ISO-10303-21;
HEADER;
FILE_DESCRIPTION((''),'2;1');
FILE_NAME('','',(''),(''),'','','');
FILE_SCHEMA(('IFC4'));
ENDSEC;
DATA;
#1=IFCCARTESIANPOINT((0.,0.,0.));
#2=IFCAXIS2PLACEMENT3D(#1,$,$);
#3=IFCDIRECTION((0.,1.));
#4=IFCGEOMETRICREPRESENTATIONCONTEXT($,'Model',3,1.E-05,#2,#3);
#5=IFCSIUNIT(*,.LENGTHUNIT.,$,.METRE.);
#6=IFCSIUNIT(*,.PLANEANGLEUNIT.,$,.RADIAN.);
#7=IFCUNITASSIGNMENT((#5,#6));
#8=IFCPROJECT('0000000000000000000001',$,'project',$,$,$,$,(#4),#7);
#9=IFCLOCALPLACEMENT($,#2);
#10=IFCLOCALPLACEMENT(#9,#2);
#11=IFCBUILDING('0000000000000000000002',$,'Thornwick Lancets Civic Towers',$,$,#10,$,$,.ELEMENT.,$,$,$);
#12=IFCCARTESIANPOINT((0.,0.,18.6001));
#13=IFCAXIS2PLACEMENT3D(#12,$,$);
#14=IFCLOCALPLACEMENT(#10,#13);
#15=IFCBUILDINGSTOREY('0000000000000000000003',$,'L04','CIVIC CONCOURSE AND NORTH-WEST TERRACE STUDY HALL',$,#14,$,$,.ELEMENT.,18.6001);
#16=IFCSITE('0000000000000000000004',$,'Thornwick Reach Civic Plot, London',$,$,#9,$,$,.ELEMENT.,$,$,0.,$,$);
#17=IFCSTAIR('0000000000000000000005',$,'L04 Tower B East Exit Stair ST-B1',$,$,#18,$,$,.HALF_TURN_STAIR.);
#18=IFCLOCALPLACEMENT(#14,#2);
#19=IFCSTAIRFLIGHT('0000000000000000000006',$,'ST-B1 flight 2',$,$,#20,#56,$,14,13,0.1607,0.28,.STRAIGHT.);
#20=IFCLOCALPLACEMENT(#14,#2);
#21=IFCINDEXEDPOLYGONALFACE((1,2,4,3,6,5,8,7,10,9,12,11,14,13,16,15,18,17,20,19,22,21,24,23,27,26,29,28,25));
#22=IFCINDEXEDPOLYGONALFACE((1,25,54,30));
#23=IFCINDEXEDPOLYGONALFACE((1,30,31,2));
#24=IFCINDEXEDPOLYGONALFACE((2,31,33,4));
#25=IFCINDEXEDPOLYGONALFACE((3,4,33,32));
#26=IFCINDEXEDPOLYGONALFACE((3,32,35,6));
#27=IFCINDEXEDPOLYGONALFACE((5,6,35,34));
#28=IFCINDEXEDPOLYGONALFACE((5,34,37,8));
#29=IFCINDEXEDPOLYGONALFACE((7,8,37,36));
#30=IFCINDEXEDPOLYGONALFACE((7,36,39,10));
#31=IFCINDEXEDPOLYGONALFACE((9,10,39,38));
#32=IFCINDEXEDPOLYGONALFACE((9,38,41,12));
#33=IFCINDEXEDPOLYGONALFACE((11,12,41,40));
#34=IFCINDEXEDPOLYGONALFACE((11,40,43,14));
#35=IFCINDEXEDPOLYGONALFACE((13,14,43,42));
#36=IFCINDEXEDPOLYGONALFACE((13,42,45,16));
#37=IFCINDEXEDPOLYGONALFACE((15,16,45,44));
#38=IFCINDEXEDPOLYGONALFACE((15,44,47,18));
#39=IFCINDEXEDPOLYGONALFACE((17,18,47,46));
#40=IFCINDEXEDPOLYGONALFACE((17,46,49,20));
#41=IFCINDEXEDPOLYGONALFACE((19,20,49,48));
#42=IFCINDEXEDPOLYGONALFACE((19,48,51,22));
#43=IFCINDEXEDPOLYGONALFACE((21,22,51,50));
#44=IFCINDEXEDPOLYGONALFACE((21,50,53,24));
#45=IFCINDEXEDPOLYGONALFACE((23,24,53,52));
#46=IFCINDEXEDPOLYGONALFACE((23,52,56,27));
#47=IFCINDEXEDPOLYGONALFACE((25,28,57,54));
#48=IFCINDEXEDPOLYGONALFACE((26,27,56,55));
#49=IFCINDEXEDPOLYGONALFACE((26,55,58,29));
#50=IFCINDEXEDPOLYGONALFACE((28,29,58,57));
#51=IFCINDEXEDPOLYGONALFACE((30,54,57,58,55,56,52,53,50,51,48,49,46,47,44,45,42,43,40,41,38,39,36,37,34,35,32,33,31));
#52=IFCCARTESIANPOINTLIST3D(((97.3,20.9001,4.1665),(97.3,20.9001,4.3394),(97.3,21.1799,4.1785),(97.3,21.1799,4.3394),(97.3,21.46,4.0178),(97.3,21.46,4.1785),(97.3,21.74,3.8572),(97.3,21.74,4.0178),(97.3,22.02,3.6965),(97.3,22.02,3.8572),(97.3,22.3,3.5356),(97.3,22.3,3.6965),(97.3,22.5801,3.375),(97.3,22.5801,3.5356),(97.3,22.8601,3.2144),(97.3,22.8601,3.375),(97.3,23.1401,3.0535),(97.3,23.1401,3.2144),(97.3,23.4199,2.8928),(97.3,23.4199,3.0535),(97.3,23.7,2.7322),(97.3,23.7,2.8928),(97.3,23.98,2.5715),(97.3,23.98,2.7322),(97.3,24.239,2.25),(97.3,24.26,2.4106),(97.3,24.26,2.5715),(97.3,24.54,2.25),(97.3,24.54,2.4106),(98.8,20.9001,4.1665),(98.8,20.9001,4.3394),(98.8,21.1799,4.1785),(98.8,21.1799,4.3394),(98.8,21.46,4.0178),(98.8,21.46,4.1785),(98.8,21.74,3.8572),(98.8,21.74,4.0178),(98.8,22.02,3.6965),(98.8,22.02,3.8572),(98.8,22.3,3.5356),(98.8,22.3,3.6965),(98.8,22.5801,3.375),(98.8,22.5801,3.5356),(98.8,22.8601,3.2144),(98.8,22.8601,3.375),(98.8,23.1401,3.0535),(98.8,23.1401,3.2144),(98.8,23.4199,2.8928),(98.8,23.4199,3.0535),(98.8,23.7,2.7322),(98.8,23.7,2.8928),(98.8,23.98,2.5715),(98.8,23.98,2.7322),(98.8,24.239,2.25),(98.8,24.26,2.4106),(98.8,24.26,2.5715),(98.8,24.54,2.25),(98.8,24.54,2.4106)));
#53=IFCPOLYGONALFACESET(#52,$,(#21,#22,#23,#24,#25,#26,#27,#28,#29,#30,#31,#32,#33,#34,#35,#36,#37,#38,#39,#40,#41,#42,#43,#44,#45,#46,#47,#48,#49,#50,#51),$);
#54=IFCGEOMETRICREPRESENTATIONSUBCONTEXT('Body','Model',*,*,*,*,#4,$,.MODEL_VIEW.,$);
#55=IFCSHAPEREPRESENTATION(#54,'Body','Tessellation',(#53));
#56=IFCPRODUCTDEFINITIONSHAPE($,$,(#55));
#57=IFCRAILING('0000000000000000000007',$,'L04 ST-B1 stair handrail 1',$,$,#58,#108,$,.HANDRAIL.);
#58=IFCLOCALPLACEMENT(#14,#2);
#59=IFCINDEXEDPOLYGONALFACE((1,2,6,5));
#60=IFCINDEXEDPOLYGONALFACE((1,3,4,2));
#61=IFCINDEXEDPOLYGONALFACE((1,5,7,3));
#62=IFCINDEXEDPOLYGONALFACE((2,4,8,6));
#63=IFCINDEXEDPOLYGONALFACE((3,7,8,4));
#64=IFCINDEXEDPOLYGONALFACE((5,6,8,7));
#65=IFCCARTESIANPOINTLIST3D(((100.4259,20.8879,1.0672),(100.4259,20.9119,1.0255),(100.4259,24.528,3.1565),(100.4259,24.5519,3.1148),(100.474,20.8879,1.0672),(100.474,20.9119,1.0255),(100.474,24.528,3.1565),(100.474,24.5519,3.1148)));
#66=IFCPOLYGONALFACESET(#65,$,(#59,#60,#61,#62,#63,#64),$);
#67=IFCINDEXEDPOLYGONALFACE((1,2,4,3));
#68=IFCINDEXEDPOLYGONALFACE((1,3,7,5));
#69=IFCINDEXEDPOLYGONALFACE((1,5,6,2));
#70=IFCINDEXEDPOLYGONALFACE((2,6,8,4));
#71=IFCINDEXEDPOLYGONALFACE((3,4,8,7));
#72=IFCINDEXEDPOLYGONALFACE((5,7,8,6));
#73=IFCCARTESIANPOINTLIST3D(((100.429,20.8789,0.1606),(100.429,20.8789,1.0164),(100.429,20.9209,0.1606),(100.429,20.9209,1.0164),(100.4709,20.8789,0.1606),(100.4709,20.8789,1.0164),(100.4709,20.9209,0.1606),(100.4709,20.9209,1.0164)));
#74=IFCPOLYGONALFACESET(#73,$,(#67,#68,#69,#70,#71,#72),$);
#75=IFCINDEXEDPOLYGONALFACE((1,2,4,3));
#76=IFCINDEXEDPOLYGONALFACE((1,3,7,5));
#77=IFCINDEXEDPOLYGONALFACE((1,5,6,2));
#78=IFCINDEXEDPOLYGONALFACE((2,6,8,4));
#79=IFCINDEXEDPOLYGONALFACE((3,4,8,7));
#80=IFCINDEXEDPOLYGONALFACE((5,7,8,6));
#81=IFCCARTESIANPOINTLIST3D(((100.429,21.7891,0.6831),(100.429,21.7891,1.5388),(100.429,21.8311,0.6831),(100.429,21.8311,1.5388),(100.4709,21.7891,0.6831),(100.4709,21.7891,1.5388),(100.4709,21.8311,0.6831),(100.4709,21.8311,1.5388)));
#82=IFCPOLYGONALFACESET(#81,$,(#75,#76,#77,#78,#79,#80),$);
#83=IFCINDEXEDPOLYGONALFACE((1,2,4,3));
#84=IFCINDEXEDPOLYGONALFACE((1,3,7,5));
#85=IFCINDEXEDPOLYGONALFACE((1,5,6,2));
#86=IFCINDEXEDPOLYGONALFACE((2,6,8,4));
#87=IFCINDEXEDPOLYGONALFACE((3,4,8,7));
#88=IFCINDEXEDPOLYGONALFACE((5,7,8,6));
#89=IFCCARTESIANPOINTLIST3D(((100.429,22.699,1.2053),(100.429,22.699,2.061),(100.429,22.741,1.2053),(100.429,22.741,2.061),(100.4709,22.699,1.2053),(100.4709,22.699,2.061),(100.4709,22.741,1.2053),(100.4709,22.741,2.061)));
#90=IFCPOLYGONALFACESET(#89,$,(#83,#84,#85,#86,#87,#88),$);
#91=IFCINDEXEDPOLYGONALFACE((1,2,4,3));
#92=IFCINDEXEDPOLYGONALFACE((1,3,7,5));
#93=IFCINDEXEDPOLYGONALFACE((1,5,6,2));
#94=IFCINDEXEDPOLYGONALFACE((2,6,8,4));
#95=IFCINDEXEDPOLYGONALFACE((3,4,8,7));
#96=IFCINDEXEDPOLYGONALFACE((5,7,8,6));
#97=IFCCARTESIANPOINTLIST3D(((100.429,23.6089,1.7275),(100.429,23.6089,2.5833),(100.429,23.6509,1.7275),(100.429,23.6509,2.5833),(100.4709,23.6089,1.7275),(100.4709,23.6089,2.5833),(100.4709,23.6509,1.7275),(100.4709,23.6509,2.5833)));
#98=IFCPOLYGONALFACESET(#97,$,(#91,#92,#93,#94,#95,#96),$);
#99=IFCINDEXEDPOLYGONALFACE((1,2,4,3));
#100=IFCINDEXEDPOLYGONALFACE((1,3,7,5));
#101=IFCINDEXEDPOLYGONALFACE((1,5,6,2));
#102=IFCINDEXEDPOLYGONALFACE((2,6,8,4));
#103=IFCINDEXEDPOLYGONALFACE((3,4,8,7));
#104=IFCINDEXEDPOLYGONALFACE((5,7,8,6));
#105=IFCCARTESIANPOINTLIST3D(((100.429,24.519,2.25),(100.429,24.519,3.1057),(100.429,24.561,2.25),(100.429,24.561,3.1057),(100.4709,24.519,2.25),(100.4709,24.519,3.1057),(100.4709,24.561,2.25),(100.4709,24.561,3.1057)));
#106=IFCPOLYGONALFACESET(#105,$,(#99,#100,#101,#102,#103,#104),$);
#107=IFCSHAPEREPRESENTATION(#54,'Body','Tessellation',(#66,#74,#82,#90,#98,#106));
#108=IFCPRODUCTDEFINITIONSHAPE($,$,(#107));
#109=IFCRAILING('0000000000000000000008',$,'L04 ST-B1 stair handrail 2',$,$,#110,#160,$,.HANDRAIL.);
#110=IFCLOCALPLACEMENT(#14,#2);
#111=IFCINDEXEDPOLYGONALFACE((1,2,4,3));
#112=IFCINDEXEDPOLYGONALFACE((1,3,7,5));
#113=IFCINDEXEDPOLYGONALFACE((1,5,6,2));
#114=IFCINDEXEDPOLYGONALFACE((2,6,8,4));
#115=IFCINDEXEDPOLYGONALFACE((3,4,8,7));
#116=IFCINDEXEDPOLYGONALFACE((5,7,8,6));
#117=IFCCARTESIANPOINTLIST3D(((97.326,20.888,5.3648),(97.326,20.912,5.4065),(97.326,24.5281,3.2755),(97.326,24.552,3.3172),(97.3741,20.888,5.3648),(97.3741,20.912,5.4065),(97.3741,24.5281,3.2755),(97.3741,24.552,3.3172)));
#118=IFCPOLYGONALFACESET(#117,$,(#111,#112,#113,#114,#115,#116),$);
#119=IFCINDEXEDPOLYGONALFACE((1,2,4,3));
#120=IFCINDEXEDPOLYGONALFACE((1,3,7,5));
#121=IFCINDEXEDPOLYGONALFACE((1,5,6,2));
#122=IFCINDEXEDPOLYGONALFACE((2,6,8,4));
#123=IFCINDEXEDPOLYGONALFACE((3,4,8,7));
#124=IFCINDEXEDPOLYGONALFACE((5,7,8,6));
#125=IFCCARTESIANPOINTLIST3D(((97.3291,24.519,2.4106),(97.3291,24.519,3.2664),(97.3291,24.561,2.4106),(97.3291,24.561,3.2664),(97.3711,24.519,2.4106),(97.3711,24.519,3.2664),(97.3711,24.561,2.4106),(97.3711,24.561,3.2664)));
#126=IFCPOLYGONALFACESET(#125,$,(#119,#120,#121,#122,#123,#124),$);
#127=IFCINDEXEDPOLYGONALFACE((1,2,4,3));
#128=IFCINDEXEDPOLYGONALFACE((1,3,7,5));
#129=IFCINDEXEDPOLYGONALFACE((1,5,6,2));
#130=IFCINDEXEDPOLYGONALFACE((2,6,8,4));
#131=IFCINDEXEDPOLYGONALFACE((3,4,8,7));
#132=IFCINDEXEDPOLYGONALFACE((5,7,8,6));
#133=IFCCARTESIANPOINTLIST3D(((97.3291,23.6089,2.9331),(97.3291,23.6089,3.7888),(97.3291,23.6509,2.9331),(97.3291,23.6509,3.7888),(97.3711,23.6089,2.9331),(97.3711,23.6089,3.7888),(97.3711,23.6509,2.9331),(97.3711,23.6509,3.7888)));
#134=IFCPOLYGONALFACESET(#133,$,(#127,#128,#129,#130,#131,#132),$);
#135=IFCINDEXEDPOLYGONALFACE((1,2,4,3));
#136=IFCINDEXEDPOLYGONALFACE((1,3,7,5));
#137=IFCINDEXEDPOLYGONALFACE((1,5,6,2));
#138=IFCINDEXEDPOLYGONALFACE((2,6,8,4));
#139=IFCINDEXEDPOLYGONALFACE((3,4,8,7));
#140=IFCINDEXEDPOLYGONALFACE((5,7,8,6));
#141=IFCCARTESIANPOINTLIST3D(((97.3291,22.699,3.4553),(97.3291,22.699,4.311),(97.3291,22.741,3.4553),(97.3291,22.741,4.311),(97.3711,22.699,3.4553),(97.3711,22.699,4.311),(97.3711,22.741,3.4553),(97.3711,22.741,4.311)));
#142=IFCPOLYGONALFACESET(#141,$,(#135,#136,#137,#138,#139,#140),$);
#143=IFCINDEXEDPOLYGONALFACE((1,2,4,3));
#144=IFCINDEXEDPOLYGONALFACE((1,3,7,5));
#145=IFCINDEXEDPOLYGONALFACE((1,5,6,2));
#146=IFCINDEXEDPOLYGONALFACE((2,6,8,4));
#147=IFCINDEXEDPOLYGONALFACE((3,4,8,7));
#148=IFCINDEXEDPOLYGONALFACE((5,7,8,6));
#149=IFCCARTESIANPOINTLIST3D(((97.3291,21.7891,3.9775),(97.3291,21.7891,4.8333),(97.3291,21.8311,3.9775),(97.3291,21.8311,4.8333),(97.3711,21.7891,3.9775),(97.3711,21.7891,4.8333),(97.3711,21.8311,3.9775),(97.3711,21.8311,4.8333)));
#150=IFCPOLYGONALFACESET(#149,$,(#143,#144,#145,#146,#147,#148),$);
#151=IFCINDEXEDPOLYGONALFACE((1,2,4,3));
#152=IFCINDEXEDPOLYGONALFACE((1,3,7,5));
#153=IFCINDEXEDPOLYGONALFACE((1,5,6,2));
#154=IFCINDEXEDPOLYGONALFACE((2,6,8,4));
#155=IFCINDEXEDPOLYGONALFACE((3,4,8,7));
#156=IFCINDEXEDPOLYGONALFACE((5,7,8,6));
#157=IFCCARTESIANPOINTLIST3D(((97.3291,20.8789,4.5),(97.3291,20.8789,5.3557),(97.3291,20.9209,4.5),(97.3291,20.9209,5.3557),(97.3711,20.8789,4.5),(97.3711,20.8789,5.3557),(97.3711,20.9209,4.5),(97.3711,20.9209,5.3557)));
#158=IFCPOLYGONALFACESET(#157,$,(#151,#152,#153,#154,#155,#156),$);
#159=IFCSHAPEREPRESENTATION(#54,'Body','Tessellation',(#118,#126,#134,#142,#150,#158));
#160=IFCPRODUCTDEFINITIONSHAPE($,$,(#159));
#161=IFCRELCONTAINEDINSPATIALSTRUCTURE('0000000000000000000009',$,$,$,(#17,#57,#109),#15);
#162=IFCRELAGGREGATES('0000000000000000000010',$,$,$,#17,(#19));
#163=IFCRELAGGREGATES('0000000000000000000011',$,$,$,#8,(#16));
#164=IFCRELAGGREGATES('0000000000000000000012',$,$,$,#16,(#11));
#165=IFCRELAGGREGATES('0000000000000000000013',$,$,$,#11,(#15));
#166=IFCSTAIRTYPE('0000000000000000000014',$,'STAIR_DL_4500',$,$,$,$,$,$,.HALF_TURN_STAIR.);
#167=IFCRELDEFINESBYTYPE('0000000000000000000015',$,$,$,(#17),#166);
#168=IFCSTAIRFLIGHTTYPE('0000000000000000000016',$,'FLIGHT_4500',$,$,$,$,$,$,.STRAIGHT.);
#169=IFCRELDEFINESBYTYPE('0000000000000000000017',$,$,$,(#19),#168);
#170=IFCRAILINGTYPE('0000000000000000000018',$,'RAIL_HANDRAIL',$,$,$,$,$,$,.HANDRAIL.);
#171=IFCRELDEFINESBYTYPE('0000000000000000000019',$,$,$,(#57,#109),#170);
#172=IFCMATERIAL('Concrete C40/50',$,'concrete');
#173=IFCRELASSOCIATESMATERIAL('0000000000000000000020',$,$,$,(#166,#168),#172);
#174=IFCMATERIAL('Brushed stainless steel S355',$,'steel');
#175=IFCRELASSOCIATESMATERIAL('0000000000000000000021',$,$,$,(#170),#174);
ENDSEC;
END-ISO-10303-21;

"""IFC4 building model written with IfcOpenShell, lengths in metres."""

from ifc_helpers import new_model, si_unit, direction, frame, origin, origin_2d, place, context, subcontext, project, spatial, polyline, rectangle, outline, extrude, material, type_object, element, aggregate, save


model = new_model("IFC4")

# Units and contexts
model_context = context("Model", 3, precision=1e-05, world=origin(), true_north=direction((0.0, 1.0)))
body_context = subcontext(model_context, "Body", "Model", "MODEL_VIEW")
ifc_project = project(units=[si_unit("LENGTHUNIT", "METRE"), si_unit("PLANEANGLEUNIT", "RADIAN")], contexts=[model_context])

# Site, building, storey
site_placement = place(None, origin())
site = spatial("IfcSite", under=ifc_project, at=site_placement, Name="Thornwick Reach Civic Plot, London", CompositionType="ELEMENT", RefElevation=0.0)
building_placement = place(site_placement, origin())
building = spatial("IfcBuilding", under=site, at=building_placement, Name="Thornwick Lancets Civic Towers", CompositionType="ELEMENT")
storey_placement = place(building_placement, frame((0.0, 0.0, 18.6001)))
storey = spatial("IfcBuildingStorey", under=building, at=storey_placement, Name="L04", Description="CIVIC CONCOURSE AND NORTH-WEST TERRACE STUDY HALL", CompositionType="ELEMENT", Elevation=18.6001)

# Shared definitions
ifc_material_1 = material(Name="Concrete C40/50", Category="concrete")

# Stair, stair flight
stair_type = type_object("IfcStairType", Name="STAIR_DL_4500", PredefinedType="HALF_TURN_STAIR", material=ifc_material_1)
stair_placement = place(storey_placement, origin())
stair = element("IfcStair", 1, at=stair_placement, inside=storey, type_object=stair_type, Name="L04 Tower B East Exit Stair ST-B1", PredefinedType="HALF_TURN_STAIR")
stair_flight_type = type_object("IfcStairFlightType", Name="FLIGHT_4500", PredefinedType="STRAIGHT", material=ifc_material_1)
stair_flight_1_placement = place(storey_placement, frame((98.05, 24.54, 2.25), z_axis=(0.0, 0.0, 1.0), x_axis=(0.0, -1.0, 0.0)))
stair_flight_1 = element("IfcStairFlight", 2, at=stair_flight_1_placement, type_object=stair_flight_type, Name="ST-B1 flight 2", NumberOfRisers=14, NumberOfTreads=13, PredefinedType="STRAIGHT", RiserHeight=0.1607, TreadLength=0.28, context=body_context, shape_type="SweptSolid", body=[
    extrude(outline(polyline([(0.0, 0.0), (0.0, 0.1606), (0.28, 0.1606), (0.28, 0.3215), (0.5601, 0.3215), (0.5601, 0.4822), (0.8401, 0.4822), (0.8401, 0.6428), (1.1201, 0.6428), (1.1201, 0.8035), (1.3999, 0.8035), (1.3999, 0.9644), (1.6799, 0.9644), (1.6799, 1.125), (1.96, 1.125), (1.96, 1.2856), (2.24, 1.2856), (2.24, 1.4465), (2.52, 1.4465), (2.52, 1.6072), (2.8, 1.6072), (2.8, 1.7678), (3.0801, 1.7678), (3.0801, 1.9285), (3.3601, 1.9285), (3.3601, 2.0894), (3.6399, 2.0894), (3.6399, 2.25), (3.6399, 1.9165), (0.301, 0.0), (0.0, 0.0)])), frame((0.0, 0.75, 0.0), z_axis=(0.0, -1.0, 0.0), x_axis=(1.0, 0.0, 0.0)), (0.0, 0.0, 1.0), 1.5),
])
aggregate(stair, [stair_flight_1])

# Railings
ifc_material_2 = material(Name="Brushed stainless steel S355", Category="steel")
railing_type_1 = type_object("IfcRailingType", Name="RAIL_HANDRAIL", PredefinedType="HANDRAIL", material=ifc_material_2)
railing_1_placement = place(storey_placement, frame((100.45, 20.8999, 0.1606)))
element("IfcRailing", 3, at=railing_1_placement, inside=storey, type_object=railing_type_1, Name="L04 ST-B1 stair handrail 1", PredefinedType="HANDRAIL", context=body_context, shape_type="SweptSolid", body=[
    extrude(rectangle(XDim=0.0481, YDim=0.0481, at=origin_2d()), frame((0.0, 0.0, 0.8857), z_axis=(0.0, 0.867289, 0.497804), x_axis=(-1.0, 0.0, 0.0)), (0.0, 0.0, 1.0), 4.197),
    extrude(rectangle(XDim=0.042, YDim=0.042, at=origin_2d()), origin(), (0.0, 0.0, 1.0), 0.8557),
    extrude(rectangle(XDim=0.042, YDim=0.042, at=origin_2d()), frame((0.0, 0.9102, 0.5225)), (0.0, 0.0, 1.0), 0.8557),
    extrude(rectangle(XDim=0.042, YDim=0.042, at=origin_2d()), frame((0.0, 1.8201, 1.0447)), (0.0, 0.0, 1.0), 0.8557),
    extrude(rectangle(XDim=0.042, YDim=0.042, at=origin_2d()), frame((0.0, 2.73, 1.5669)), (0.0, 0.0, 1.0), 0.8557),
    extrude(rectangle(XDim=0.042, YDim=0.042, at=origin_2d()), frame((0.0, 3.6401, 2.0894)), (0.0, 0.0, 1.0), 0.8557),
])
railing_2_placement = place(storey_placement, frame((97.3501, 24.54, 2.4106)))
element("IfcRailing", 4, at=railing_2_placement, inside=storey, type_object=railing_type_1, Name="L04 ST-B1 stair handrail 2", PredefinedType="HANDRAIL", context=body_context, shape_type="SweptSolid", body=[
    extrude(rectangle(XDim=0.0481, YDim=0.0481, at=origin_2d()), frame((0.0, 0.0, 0.8857), z_axis=(0.0, -0.867289, 0.497804), x_axis=(1.0, 0.0, 0.0)), (0.0, 0.0, 1.0), 4.197),
    extrude(rectangle(XDim=0.042, YDim=0.042, at=origin_2d()), origin(), (0.0, 0.0, 1.0), 0.8557),
    extrude(rectangle(XDim=0.042, YDim=0.042, at=origin_2d()), frame((0.0, -0.9102, 0.5225)), (0.0, 0.0, 1.0), 0.8557),
    extrude(rectangle(XDim=0.042, YDim=0.042, at=origin_2d()), frame((0.0, -1.8201, 1.0447)), (0.0, 0.0, 1.0), 0.8557),
    extrude(rectangle(XDim=0.042, YDim=0.042, at=origin_2d()), frame((0.0, -2.73, 1.5669)), (0.0, 0.0, 1.0), 0.8557),
    extrude(rectangle(XDim=0.042, YDim=0.042, at=origin_2d()), frame((0.0, -3.6401, 2.0894)), (0.0, 0.0, 1.0), 0.8557),
])

save(model, "model.ifc")
